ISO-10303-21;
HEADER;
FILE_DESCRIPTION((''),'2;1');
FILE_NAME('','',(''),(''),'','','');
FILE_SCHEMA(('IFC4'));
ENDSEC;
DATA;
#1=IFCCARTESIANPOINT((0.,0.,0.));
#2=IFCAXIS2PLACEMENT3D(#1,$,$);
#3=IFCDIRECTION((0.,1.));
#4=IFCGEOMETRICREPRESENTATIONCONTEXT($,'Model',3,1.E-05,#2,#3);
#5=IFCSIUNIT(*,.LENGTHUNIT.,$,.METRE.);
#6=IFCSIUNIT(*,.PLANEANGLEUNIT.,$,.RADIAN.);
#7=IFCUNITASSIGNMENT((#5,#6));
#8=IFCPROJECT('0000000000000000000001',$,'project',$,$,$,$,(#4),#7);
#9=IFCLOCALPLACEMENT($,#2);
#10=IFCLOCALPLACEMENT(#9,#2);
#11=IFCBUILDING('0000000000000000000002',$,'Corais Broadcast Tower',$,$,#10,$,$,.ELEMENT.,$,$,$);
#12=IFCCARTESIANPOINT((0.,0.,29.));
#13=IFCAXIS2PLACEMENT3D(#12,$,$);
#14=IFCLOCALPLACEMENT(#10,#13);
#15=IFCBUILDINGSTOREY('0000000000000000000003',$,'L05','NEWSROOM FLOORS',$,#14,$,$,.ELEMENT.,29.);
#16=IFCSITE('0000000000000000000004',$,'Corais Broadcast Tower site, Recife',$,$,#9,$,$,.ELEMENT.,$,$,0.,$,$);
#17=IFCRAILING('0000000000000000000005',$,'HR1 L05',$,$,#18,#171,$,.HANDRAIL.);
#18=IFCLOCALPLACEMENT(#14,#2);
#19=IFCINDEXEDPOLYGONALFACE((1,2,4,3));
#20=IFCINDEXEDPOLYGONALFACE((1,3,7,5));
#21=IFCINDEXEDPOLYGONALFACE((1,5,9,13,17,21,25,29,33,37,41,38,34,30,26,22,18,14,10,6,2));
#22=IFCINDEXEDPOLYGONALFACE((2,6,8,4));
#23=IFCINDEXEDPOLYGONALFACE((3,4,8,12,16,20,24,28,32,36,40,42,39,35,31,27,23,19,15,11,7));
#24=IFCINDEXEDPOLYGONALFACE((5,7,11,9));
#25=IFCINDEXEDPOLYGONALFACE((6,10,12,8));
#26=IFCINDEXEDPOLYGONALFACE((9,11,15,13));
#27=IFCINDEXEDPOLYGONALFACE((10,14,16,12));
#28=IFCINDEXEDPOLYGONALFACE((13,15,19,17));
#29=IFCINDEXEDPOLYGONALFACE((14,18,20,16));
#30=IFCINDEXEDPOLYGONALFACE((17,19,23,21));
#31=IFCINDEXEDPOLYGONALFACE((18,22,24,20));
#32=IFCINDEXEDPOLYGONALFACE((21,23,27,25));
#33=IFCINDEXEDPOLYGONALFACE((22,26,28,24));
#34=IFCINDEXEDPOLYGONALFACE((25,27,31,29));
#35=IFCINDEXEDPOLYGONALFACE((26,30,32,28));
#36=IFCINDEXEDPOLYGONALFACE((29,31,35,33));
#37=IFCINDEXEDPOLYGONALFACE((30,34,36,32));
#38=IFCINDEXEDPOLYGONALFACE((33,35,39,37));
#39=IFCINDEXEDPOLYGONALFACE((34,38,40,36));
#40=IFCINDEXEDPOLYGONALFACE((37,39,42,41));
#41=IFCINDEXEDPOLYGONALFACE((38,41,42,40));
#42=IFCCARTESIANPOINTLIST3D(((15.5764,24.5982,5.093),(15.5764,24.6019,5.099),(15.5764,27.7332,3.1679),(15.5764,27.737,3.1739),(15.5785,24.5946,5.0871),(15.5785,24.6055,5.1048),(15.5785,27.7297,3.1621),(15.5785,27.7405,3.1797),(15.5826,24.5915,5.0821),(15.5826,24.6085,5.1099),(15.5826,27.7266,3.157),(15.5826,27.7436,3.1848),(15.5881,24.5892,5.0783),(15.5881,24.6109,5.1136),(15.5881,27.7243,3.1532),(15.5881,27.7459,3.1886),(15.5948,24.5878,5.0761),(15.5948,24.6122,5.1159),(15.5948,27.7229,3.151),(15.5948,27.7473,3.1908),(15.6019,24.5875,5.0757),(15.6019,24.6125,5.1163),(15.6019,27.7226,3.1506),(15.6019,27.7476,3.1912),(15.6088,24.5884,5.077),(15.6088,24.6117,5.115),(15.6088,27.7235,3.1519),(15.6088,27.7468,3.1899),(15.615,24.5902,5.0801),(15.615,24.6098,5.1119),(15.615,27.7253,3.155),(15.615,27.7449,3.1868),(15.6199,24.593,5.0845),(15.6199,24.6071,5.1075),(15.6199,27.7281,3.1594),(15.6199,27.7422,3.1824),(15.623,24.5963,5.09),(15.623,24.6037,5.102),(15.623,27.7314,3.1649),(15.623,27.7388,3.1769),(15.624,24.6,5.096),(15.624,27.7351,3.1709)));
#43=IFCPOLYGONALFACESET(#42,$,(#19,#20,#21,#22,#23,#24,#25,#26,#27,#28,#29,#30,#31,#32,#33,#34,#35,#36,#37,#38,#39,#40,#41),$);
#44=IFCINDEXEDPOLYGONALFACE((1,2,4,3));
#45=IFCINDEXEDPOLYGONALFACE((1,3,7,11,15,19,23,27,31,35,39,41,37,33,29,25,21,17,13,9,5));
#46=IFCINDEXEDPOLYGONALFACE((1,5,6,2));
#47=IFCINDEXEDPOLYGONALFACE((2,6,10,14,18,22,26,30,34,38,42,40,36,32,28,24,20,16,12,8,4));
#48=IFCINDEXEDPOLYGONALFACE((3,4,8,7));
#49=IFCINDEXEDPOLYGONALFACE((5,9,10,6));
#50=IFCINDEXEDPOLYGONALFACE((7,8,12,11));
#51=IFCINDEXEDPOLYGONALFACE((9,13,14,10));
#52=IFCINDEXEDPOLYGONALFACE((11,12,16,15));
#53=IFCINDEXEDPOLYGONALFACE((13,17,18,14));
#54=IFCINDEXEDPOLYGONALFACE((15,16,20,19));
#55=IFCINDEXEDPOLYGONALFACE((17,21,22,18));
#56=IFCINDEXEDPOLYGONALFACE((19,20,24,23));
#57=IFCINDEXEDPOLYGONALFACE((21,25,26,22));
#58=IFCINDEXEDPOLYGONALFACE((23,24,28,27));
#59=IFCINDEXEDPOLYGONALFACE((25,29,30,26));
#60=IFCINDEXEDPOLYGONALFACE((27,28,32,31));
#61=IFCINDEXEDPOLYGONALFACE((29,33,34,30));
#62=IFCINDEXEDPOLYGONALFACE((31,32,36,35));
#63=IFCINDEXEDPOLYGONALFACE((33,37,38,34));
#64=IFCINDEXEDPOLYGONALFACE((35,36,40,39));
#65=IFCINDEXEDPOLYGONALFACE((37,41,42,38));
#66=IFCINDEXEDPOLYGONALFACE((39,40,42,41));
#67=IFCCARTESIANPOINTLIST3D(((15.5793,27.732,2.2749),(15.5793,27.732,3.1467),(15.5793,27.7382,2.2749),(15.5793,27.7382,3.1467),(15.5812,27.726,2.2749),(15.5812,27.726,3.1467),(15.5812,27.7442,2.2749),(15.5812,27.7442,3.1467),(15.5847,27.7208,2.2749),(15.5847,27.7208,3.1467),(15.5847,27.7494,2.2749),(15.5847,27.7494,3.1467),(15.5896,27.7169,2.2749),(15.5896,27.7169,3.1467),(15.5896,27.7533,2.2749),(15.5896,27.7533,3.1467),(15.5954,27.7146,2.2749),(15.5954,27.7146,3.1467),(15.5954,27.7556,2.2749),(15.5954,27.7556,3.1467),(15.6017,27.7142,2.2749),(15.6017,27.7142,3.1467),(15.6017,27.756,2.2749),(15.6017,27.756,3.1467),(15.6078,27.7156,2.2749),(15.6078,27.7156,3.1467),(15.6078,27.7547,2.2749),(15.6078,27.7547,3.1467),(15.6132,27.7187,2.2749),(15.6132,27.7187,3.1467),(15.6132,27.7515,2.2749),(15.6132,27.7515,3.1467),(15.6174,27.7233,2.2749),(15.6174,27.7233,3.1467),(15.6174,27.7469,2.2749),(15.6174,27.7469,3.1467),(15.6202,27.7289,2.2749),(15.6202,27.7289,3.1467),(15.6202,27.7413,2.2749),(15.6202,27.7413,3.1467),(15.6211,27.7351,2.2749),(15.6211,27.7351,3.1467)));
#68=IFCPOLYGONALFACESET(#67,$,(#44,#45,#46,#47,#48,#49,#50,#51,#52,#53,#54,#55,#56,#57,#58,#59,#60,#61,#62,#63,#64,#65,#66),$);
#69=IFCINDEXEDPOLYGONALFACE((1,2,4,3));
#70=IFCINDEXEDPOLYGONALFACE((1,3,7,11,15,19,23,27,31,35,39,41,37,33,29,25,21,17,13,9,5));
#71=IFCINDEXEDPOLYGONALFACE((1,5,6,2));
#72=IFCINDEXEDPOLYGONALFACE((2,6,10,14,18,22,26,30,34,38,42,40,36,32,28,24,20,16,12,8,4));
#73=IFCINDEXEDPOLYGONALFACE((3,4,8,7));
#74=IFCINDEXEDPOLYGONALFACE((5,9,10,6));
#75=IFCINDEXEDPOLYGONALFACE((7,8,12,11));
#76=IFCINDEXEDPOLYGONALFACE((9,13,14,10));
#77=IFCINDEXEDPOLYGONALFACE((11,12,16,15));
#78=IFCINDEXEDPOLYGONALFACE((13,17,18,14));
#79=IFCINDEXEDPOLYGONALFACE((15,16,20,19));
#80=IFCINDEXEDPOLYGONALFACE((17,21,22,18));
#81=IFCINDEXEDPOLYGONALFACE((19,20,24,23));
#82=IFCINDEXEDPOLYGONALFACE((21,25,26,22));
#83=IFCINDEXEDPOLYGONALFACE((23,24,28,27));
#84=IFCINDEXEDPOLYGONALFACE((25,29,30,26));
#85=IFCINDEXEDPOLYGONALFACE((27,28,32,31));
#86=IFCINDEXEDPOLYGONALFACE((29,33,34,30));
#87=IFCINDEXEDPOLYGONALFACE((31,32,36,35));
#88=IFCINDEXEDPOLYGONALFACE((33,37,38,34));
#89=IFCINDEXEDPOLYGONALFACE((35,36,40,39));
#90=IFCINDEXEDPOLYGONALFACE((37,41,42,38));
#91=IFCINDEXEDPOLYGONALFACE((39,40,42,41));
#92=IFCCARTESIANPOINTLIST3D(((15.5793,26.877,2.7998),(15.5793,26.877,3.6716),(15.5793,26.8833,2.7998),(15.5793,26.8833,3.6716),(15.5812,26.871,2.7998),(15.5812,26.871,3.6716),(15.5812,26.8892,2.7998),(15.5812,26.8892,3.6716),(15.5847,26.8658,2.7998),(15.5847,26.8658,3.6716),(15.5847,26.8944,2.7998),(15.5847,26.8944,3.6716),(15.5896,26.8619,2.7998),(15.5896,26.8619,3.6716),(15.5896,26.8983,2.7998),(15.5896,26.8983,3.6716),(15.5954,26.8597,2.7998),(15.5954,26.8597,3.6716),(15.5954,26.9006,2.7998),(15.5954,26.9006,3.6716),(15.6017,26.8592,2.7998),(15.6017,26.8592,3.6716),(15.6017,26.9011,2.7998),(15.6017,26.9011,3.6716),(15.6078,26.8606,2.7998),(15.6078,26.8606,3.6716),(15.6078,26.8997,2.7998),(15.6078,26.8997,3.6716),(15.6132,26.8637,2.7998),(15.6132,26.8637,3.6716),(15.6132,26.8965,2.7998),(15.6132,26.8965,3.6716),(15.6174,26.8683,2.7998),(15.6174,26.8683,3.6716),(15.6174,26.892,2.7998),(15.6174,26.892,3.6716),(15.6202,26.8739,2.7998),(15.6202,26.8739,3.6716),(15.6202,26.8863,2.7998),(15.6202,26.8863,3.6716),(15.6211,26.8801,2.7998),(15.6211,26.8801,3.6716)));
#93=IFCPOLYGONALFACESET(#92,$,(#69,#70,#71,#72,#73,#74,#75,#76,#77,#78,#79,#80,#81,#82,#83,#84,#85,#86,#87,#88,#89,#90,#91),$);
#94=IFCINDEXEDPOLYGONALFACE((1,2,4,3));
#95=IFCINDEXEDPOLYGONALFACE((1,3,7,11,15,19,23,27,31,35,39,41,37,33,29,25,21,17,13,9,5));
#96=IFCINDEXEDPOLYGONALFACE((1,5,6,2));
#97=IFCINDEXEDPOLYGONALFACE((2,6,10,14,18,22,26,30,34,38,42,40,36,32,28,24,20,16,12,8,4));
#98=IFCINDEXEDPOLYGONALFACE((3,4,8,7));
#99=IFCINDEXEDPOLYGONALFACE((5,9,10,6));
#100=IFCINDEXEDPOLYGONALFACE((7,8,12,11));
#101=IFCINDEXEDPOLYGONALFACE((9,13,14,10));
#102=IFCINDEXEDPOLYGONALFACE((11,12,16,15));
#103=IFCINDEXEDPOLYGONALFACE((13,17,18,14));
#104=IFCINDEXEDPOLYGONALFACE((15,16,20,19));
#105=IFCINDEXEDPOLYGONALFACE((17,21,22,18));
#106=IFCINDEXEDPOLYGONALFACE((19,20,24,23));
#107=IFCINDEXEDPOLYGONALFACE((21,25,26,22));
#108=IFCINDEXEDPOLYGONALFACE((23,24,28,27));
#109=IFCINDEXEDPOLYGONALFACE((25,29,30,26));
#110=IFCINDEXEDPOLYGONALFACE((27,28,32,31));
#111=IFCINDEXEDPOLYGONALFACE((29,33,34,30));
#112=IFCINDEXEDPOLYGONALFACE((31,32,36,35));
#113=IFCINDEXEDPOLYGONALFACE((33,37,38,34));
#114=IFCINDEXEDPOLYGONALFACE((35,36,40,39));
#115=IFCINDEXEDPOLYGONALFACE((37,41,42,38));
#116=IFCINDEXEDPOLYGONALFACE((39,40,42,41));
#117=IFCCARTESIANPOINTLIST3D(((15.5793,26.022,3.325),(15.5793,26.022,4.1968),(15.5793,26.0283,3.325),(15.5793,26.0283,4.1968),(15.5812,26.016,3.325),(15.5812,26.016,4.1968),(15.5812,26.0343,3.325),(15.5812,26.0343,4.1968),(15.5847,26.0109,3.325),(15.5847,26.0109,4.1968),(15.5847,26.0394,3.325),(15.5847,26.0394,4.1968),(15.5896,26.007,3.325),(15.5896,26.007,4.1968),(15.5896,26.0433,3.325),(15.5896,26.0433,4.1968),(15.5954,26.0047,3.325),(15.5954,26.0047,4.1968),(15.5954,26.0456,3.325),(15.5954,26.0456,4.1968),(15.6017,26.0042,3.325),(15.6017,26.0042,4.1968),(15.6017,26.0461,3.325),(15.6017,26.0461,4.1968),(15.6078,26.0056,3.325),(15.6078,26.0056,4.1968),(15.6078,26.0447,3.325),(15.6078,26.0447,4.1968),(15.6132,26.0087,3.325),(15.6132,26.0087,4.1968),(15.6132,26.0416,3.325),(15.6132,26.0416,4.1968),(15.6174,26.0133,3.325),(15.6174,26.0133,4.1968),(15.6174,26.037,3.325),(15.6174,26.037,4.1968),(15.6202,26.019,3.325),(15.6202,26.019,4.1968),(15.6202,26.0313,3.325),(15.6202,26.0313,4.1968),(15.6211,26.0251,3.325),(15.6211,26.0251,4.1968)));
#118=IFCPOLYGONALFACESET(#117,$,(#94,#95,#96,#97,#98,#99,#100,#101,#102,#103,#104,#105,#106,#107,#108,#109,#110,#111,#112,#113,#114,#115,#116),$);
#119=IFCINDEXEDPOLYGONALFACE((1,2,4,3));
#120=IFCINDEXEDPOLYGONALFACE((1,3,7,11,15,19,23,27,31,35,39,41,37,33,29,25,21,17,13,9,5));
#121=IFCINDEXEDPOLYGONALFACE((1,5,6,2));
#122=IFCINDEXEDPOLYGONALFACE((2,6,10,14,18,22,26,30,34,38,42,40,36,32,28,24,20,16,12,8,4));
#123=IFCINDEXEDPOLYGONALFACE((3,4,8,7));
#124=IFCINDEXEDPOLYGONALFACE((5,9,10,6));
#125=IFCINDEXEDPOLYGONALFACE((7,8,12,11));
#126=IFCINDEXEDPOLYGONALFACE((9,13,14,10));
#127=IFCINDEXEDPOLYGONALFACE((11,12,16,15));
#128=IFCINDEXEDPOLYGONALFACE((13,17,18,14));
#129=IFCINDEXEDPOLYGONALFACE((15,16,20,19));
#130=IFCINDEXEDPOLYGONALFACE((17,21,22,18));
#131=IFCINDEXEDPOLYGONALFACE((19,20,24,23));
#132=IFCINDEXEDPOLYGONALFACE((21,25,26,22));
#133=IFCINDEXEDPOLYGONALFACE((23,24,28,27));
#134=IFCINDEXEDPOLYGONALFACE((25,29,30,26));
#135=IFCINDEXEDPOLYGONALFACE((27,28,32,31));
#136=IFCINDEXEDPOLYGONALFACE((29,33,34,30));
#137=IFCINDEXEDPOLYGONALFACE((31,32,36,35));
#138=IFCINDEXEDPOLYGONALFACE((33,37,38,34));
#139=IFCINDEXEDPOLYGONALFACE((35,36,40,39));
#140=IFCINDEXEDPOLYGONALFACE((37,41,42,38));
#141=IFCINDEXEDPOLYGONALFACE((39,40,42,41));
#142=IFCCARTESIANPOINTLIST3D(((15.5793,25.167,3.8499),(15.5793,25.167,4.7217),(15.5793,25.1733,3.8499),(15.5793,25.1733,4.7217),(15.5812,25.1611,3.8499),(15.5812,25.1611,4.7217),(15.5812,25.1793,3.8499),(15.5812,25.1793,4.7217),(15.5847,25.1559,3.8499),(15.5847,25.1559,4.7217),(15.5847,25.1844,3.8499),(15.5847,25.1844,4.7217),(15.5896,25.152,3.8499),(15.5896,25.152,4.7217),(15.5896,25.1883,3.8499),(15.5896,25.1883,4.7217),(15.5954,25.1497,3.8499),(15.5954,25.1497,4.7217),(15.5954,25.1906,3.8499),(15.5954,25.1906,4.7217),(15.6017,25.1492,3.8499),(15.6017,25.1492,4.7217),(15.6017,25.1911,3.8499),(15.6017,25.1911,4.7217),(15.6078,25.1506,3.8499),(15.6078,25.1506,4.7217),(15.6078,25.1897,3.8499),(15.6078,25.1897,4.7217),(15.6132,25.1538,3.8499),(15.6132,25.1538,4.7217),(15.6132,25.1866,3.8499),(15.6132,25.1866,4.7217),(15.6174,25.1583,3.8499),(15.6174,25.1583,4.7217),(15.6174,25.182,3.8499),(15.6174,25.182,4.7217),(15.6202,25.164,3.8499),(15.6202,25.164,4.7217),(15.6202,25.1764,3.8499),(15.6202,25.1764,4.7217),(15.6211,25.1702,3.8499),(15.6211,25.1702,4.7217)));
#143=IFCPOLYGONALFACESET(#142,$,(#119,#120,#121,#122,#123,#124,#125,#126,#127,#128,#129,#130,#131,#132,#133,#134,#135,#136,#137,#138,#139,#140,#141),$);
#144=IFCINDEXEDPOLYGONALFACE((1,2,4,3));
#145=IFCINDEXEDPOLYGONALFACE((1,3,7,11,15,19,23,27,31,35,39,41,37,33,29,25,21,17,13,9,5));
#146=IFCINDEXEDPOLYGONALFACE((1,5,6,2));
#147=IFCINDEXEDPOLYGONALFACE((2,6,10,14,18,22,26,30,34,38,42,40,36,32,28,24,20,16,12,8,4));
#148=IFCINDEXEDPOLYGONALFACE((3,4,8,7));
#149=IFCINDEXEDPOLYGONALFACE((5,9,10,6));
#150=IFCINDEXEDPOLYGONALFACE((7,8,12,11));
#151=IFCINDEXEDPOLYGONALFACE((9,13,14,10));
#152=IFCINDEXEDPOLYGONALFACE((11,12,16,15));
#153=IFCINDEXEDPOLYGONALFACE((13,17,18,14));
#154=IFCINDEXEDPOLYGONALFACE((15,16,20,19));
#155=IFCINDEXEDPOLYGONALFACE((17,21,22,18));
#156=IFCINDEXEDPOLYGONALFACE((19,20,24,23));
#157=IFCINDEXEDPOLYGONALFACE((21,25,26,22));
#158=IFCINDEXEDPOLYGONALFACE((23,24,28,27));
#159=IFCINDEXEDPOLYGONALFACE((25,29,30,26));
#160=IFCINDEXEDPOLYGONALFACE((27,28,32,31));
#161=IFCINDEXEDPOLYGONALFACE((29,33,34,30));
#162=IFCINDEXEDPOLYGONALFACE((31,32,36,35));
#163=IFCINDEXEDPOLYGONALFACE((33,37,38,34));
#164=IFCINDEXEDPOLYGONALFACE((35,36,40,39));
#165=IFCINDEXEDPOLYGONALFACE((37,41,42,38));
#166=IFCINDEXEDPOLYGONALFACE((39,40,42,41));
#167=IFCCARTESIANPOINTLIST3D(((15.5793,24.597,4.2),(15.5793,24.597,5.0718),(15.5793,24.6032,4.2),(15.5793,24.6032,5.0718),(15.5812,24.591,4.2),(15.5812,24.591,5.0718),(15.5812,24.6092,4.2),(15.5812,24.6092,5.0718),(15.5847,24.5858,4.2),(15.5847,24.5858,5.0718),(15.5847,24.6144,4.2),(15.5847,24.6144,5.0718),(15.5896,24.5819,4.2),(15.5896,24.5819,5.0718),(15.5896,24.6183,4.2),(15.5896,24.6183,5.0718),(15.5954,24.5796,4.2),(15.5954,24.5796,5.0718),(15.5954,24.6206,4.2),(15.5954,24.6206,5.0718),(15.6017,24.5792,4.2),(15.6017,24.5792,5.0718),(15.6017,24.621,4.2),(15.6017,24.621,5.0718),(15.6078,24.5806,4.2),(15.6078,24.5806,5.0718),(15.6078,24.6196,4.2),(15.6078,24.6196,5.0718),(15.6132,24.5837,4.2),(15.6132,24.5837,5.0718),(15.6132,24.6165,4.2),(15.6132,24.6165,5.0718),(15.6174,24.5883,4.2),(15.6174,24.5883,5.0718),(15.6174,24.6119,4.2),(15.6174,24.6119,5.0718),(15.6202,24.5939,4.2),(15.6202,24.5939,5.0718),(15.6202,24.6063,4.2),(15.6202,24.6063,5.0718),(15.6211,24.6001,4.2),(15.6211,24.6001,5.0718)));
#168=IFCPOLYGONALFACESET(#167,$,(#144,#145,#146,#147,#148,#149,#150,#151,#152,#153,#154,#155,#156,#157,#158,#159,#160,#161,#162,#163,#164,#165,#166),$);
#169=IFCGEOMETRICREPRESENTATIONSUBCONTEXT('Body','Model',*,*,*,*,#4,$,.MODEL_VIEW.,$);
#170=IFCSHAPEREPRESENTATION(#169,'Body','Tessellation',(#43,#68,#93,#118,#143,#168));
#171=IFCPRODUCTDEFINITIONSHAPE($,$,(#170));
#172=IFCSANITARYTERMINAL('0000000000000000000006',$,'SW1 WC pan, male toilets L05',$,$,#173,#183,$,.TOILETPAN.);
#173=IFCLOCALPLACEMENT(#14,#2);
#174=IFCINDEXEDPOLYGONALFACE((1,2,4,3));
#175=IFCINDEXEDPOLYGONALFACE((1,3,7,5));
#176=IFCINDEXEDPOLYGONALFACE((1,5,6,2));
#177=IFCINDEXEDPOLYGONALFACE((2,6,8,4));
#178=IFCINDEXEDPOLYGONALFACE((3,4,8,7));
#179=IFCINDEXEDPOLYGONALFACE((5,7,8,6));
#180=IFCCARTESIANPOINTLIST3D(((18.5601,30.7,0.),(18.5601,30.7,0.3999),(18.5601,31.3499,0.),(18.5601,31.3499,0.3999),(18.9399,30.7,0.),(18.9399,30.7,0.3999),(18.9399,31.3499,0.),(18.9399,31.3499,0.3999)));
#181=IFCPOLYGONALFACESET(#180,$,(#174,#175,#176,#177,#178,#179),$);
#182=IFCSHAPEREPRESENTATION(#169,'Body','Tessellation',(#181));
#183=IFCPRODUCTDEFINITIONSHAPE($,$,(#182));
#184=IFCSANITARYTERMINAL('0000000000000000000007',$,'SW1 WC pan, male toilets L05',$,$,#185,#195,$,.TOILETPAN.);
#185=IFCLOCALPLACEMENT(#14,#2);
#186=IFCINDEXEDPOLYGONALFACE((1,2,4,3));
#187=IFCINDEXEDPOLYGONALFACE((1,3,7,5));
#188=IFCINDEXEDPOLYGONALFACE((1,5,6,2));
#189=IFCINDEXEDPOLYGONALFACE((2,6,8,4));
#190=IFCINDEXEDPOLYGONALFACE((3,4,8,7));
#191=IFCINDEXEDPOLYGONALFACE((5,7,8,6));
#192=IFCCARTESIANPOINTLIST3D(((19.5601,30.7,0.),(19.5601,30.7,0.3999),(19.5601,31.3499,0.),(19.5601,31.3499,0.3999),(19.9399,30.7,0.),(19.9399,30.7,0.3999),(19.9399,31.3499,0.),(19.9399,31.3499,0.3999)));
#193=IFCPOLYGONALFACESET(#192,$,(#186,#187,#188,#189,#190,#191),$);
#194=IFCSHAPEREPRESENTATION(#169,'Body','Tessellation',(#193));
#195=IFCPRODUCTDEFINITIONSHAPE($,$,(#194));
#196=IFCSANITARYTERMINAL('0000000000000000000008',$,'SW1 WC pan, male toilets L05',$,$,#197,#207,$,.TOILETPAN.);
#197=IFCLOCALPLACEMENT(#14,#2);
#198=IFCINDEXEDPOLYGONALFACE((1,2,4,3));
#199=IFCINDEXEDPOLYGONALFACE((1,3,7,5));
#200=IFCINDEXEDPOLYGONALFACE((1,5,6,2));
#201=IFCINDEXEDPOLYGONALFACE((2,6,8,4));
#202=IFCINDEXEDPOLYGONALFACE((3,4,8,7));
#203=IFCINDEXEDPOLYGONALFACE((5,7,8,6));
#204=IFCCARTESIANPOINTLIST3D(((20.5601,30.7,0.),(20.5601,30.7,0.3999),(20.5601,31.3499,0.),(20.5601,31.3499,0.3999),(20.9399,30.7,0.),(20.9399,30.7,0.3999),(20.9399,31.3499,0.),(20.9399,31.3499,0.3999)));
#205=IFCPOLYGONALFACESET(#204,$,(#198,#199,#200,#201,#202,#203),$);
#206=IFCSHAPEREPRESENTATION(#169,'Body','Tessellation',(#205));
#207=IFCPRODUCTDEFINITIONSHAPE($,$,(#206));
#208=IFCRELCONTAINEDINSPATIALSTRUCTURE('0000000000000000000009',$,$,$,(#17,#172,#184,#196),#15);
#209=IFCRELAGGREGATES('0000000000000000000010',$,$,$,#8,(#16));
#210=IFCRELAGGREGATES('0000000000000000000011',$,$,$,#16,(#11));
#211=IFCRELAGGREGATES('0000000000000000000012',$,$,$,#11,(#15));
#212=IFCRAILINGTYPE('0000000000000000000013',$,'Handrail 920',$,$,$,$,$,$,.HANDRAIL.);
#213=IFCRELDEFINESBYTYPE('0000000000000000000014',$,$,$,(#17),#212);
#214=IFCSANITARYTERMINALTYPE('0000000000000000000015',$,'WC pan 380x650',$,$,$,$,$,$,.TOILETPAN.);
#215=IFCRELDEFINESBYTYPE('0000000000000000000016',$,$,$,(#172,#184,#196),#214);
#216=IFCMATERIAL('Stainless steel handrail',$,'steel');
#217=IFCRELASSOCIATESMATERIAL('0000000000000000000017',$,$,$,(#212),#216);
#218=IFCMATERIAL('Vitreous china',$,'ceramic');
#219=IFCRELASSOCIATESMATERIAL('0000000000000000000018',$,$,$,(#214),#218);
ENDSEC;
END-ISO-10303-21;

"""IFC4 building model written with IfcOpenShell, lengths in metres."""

from ifc_helpers import new_model, si_unit, direction, frame, origin, origin_2d, place, context, subcontext, project, spatial, rectangle, circle, extrude, material, type_object, element, save


model = new_model("IFC4")

# Units and contexts
model_context = context("Model", 3, precision=1e-05, world=origin(), true_north=direction((0.0, 1.0)))
body_context = subcontext(model_context, "Body", "Model", "MODEL_VIEW")
ifc_project = project(units=[si_unit("LENGTHUNIT", "METRE"), si_unit("PLANEANGLEUNIT", "RADIAN")], contexts=[model_context])

# Site, building, storey
site_placement = place(None, origin())
site = spatial("IfcSite", under=ifc_project, at=site_placement, Name="Corais Broadcast Tower site, Recife", CompositionType="ELEMENT", RefElevation=0.0)
building_placement = place(site_placement, origin())
building = spatial("IfcBuilding", under=site, at=building_placement, Name="Corais Broadcast Tower", CompositionType="ELEMENT")
storey_placement = place(building_placement, frame((0.0, 0.0, 29.0)))
storey = spatial("IfcBuildingStorey", under=building, at=storey_placement, Name="L05", Description="NEWSROOM FLOORS", CompositionType="ELEMENT", Elevation=29.0)

# Railing
ifc_material_1 = material(Name="Stainless steel handrail", Category="steel")
railing_type = type_object("IfcRailingType", Name="Handrail 920", PredefinedType="HANDRAIL", material=ifc_material_1)
for number, where, name in (
    (1, (15.6001, 27.7351, 2.2749), "HR1 L05"),
):
    element("IfcRailing", number, at=place(storey_placement, frame(where)), inside=storey, type_object=railing_type, Name=name, PredefinedType="HANDRAIL", context=body_context, shape_type="SweptSolid", body=[
        extrude(circle(Radius=0.0239, at=origin_2d()), frame((0.0, 0.0, 0.896), z_axis=(0.0, -0.852166, 0.523271), x_axis=(1.0, 0.0, 0.0)), (0.0, 0.0, 1.0), 3.679),
        extrude(circle(Radius=0.021, at=origin_2d()), origin(), (0.0, 0.0, 1.0), 0.8718),
        extrude(circle(Radius=0.021, at=origin_2d()), frame((0.0, -0.855, 0.5249)), (0.0, 0.0, 1.0), 0.8718),
        extrude(circle(Radius=0.021, at=origin_2d()), frame((0.0, -1.71, 1.05)), (0.0, 0.0, 1.0), 0.8718),
        extrude(circle(Radius=0.021, at=origin_2d()), frame((0.0, -2.5649, 1.575)), (0.0, 0.0, 1.0), 0.8718),
        extrude(circle(Radius=0.021, at=origin_2d()), frame((0.0, -3.135, 1.925)), (0.0, 0.0, 1.0), 0.8718),
    ])

# Sanitary terminals
ifc_material_2 = material(Name="Vitreous china", Category="ceramic")
sanitary_terminal_type_1 = type_object("IfcSanitaryTerminalType", Name="WC pan 380x650", PredefinedType="TOILETPAN", material=ifc_material_2)
for number, where, z_axis, x_axis, name in (
    (2, (18.75, 31.0249, 0.0), (0.0, 0.0, 1.0), (1.0, 0.0, 0.0), "SW1 WC pan, male toilets L05"),
    (3, (19.75, 31.0249, 0.0), (0.0, 0.0, 1.0), (1.0, 0.0, 0.0), "SW1 WC pan, male toilets L05"),
    (4, (20.75, 31.0249, 0.0), (0.0, 0.0, 1.0), (1.0, 0.0, 0.0), "SW1 WC pan, male toilets L05"),
):
    element("IfcSanitaryTerminal", number, at=place(storey_placement, frame(where, z_axis=z_axis, x_axis=x_axis)), inside=storey, type_object=sanitary_terminal_type_1, Name=name, PredefinedType="TOILETPAN", context=body_context, shape_type="SweptSolid", body=[
        extrude(rectangle(XDim=0.3799, YDim=0.6499, at=origin_2d()), origin(), (0.0, 0.0, 1.0), 0.3999),
    ])

save(model, "model.ifc")
